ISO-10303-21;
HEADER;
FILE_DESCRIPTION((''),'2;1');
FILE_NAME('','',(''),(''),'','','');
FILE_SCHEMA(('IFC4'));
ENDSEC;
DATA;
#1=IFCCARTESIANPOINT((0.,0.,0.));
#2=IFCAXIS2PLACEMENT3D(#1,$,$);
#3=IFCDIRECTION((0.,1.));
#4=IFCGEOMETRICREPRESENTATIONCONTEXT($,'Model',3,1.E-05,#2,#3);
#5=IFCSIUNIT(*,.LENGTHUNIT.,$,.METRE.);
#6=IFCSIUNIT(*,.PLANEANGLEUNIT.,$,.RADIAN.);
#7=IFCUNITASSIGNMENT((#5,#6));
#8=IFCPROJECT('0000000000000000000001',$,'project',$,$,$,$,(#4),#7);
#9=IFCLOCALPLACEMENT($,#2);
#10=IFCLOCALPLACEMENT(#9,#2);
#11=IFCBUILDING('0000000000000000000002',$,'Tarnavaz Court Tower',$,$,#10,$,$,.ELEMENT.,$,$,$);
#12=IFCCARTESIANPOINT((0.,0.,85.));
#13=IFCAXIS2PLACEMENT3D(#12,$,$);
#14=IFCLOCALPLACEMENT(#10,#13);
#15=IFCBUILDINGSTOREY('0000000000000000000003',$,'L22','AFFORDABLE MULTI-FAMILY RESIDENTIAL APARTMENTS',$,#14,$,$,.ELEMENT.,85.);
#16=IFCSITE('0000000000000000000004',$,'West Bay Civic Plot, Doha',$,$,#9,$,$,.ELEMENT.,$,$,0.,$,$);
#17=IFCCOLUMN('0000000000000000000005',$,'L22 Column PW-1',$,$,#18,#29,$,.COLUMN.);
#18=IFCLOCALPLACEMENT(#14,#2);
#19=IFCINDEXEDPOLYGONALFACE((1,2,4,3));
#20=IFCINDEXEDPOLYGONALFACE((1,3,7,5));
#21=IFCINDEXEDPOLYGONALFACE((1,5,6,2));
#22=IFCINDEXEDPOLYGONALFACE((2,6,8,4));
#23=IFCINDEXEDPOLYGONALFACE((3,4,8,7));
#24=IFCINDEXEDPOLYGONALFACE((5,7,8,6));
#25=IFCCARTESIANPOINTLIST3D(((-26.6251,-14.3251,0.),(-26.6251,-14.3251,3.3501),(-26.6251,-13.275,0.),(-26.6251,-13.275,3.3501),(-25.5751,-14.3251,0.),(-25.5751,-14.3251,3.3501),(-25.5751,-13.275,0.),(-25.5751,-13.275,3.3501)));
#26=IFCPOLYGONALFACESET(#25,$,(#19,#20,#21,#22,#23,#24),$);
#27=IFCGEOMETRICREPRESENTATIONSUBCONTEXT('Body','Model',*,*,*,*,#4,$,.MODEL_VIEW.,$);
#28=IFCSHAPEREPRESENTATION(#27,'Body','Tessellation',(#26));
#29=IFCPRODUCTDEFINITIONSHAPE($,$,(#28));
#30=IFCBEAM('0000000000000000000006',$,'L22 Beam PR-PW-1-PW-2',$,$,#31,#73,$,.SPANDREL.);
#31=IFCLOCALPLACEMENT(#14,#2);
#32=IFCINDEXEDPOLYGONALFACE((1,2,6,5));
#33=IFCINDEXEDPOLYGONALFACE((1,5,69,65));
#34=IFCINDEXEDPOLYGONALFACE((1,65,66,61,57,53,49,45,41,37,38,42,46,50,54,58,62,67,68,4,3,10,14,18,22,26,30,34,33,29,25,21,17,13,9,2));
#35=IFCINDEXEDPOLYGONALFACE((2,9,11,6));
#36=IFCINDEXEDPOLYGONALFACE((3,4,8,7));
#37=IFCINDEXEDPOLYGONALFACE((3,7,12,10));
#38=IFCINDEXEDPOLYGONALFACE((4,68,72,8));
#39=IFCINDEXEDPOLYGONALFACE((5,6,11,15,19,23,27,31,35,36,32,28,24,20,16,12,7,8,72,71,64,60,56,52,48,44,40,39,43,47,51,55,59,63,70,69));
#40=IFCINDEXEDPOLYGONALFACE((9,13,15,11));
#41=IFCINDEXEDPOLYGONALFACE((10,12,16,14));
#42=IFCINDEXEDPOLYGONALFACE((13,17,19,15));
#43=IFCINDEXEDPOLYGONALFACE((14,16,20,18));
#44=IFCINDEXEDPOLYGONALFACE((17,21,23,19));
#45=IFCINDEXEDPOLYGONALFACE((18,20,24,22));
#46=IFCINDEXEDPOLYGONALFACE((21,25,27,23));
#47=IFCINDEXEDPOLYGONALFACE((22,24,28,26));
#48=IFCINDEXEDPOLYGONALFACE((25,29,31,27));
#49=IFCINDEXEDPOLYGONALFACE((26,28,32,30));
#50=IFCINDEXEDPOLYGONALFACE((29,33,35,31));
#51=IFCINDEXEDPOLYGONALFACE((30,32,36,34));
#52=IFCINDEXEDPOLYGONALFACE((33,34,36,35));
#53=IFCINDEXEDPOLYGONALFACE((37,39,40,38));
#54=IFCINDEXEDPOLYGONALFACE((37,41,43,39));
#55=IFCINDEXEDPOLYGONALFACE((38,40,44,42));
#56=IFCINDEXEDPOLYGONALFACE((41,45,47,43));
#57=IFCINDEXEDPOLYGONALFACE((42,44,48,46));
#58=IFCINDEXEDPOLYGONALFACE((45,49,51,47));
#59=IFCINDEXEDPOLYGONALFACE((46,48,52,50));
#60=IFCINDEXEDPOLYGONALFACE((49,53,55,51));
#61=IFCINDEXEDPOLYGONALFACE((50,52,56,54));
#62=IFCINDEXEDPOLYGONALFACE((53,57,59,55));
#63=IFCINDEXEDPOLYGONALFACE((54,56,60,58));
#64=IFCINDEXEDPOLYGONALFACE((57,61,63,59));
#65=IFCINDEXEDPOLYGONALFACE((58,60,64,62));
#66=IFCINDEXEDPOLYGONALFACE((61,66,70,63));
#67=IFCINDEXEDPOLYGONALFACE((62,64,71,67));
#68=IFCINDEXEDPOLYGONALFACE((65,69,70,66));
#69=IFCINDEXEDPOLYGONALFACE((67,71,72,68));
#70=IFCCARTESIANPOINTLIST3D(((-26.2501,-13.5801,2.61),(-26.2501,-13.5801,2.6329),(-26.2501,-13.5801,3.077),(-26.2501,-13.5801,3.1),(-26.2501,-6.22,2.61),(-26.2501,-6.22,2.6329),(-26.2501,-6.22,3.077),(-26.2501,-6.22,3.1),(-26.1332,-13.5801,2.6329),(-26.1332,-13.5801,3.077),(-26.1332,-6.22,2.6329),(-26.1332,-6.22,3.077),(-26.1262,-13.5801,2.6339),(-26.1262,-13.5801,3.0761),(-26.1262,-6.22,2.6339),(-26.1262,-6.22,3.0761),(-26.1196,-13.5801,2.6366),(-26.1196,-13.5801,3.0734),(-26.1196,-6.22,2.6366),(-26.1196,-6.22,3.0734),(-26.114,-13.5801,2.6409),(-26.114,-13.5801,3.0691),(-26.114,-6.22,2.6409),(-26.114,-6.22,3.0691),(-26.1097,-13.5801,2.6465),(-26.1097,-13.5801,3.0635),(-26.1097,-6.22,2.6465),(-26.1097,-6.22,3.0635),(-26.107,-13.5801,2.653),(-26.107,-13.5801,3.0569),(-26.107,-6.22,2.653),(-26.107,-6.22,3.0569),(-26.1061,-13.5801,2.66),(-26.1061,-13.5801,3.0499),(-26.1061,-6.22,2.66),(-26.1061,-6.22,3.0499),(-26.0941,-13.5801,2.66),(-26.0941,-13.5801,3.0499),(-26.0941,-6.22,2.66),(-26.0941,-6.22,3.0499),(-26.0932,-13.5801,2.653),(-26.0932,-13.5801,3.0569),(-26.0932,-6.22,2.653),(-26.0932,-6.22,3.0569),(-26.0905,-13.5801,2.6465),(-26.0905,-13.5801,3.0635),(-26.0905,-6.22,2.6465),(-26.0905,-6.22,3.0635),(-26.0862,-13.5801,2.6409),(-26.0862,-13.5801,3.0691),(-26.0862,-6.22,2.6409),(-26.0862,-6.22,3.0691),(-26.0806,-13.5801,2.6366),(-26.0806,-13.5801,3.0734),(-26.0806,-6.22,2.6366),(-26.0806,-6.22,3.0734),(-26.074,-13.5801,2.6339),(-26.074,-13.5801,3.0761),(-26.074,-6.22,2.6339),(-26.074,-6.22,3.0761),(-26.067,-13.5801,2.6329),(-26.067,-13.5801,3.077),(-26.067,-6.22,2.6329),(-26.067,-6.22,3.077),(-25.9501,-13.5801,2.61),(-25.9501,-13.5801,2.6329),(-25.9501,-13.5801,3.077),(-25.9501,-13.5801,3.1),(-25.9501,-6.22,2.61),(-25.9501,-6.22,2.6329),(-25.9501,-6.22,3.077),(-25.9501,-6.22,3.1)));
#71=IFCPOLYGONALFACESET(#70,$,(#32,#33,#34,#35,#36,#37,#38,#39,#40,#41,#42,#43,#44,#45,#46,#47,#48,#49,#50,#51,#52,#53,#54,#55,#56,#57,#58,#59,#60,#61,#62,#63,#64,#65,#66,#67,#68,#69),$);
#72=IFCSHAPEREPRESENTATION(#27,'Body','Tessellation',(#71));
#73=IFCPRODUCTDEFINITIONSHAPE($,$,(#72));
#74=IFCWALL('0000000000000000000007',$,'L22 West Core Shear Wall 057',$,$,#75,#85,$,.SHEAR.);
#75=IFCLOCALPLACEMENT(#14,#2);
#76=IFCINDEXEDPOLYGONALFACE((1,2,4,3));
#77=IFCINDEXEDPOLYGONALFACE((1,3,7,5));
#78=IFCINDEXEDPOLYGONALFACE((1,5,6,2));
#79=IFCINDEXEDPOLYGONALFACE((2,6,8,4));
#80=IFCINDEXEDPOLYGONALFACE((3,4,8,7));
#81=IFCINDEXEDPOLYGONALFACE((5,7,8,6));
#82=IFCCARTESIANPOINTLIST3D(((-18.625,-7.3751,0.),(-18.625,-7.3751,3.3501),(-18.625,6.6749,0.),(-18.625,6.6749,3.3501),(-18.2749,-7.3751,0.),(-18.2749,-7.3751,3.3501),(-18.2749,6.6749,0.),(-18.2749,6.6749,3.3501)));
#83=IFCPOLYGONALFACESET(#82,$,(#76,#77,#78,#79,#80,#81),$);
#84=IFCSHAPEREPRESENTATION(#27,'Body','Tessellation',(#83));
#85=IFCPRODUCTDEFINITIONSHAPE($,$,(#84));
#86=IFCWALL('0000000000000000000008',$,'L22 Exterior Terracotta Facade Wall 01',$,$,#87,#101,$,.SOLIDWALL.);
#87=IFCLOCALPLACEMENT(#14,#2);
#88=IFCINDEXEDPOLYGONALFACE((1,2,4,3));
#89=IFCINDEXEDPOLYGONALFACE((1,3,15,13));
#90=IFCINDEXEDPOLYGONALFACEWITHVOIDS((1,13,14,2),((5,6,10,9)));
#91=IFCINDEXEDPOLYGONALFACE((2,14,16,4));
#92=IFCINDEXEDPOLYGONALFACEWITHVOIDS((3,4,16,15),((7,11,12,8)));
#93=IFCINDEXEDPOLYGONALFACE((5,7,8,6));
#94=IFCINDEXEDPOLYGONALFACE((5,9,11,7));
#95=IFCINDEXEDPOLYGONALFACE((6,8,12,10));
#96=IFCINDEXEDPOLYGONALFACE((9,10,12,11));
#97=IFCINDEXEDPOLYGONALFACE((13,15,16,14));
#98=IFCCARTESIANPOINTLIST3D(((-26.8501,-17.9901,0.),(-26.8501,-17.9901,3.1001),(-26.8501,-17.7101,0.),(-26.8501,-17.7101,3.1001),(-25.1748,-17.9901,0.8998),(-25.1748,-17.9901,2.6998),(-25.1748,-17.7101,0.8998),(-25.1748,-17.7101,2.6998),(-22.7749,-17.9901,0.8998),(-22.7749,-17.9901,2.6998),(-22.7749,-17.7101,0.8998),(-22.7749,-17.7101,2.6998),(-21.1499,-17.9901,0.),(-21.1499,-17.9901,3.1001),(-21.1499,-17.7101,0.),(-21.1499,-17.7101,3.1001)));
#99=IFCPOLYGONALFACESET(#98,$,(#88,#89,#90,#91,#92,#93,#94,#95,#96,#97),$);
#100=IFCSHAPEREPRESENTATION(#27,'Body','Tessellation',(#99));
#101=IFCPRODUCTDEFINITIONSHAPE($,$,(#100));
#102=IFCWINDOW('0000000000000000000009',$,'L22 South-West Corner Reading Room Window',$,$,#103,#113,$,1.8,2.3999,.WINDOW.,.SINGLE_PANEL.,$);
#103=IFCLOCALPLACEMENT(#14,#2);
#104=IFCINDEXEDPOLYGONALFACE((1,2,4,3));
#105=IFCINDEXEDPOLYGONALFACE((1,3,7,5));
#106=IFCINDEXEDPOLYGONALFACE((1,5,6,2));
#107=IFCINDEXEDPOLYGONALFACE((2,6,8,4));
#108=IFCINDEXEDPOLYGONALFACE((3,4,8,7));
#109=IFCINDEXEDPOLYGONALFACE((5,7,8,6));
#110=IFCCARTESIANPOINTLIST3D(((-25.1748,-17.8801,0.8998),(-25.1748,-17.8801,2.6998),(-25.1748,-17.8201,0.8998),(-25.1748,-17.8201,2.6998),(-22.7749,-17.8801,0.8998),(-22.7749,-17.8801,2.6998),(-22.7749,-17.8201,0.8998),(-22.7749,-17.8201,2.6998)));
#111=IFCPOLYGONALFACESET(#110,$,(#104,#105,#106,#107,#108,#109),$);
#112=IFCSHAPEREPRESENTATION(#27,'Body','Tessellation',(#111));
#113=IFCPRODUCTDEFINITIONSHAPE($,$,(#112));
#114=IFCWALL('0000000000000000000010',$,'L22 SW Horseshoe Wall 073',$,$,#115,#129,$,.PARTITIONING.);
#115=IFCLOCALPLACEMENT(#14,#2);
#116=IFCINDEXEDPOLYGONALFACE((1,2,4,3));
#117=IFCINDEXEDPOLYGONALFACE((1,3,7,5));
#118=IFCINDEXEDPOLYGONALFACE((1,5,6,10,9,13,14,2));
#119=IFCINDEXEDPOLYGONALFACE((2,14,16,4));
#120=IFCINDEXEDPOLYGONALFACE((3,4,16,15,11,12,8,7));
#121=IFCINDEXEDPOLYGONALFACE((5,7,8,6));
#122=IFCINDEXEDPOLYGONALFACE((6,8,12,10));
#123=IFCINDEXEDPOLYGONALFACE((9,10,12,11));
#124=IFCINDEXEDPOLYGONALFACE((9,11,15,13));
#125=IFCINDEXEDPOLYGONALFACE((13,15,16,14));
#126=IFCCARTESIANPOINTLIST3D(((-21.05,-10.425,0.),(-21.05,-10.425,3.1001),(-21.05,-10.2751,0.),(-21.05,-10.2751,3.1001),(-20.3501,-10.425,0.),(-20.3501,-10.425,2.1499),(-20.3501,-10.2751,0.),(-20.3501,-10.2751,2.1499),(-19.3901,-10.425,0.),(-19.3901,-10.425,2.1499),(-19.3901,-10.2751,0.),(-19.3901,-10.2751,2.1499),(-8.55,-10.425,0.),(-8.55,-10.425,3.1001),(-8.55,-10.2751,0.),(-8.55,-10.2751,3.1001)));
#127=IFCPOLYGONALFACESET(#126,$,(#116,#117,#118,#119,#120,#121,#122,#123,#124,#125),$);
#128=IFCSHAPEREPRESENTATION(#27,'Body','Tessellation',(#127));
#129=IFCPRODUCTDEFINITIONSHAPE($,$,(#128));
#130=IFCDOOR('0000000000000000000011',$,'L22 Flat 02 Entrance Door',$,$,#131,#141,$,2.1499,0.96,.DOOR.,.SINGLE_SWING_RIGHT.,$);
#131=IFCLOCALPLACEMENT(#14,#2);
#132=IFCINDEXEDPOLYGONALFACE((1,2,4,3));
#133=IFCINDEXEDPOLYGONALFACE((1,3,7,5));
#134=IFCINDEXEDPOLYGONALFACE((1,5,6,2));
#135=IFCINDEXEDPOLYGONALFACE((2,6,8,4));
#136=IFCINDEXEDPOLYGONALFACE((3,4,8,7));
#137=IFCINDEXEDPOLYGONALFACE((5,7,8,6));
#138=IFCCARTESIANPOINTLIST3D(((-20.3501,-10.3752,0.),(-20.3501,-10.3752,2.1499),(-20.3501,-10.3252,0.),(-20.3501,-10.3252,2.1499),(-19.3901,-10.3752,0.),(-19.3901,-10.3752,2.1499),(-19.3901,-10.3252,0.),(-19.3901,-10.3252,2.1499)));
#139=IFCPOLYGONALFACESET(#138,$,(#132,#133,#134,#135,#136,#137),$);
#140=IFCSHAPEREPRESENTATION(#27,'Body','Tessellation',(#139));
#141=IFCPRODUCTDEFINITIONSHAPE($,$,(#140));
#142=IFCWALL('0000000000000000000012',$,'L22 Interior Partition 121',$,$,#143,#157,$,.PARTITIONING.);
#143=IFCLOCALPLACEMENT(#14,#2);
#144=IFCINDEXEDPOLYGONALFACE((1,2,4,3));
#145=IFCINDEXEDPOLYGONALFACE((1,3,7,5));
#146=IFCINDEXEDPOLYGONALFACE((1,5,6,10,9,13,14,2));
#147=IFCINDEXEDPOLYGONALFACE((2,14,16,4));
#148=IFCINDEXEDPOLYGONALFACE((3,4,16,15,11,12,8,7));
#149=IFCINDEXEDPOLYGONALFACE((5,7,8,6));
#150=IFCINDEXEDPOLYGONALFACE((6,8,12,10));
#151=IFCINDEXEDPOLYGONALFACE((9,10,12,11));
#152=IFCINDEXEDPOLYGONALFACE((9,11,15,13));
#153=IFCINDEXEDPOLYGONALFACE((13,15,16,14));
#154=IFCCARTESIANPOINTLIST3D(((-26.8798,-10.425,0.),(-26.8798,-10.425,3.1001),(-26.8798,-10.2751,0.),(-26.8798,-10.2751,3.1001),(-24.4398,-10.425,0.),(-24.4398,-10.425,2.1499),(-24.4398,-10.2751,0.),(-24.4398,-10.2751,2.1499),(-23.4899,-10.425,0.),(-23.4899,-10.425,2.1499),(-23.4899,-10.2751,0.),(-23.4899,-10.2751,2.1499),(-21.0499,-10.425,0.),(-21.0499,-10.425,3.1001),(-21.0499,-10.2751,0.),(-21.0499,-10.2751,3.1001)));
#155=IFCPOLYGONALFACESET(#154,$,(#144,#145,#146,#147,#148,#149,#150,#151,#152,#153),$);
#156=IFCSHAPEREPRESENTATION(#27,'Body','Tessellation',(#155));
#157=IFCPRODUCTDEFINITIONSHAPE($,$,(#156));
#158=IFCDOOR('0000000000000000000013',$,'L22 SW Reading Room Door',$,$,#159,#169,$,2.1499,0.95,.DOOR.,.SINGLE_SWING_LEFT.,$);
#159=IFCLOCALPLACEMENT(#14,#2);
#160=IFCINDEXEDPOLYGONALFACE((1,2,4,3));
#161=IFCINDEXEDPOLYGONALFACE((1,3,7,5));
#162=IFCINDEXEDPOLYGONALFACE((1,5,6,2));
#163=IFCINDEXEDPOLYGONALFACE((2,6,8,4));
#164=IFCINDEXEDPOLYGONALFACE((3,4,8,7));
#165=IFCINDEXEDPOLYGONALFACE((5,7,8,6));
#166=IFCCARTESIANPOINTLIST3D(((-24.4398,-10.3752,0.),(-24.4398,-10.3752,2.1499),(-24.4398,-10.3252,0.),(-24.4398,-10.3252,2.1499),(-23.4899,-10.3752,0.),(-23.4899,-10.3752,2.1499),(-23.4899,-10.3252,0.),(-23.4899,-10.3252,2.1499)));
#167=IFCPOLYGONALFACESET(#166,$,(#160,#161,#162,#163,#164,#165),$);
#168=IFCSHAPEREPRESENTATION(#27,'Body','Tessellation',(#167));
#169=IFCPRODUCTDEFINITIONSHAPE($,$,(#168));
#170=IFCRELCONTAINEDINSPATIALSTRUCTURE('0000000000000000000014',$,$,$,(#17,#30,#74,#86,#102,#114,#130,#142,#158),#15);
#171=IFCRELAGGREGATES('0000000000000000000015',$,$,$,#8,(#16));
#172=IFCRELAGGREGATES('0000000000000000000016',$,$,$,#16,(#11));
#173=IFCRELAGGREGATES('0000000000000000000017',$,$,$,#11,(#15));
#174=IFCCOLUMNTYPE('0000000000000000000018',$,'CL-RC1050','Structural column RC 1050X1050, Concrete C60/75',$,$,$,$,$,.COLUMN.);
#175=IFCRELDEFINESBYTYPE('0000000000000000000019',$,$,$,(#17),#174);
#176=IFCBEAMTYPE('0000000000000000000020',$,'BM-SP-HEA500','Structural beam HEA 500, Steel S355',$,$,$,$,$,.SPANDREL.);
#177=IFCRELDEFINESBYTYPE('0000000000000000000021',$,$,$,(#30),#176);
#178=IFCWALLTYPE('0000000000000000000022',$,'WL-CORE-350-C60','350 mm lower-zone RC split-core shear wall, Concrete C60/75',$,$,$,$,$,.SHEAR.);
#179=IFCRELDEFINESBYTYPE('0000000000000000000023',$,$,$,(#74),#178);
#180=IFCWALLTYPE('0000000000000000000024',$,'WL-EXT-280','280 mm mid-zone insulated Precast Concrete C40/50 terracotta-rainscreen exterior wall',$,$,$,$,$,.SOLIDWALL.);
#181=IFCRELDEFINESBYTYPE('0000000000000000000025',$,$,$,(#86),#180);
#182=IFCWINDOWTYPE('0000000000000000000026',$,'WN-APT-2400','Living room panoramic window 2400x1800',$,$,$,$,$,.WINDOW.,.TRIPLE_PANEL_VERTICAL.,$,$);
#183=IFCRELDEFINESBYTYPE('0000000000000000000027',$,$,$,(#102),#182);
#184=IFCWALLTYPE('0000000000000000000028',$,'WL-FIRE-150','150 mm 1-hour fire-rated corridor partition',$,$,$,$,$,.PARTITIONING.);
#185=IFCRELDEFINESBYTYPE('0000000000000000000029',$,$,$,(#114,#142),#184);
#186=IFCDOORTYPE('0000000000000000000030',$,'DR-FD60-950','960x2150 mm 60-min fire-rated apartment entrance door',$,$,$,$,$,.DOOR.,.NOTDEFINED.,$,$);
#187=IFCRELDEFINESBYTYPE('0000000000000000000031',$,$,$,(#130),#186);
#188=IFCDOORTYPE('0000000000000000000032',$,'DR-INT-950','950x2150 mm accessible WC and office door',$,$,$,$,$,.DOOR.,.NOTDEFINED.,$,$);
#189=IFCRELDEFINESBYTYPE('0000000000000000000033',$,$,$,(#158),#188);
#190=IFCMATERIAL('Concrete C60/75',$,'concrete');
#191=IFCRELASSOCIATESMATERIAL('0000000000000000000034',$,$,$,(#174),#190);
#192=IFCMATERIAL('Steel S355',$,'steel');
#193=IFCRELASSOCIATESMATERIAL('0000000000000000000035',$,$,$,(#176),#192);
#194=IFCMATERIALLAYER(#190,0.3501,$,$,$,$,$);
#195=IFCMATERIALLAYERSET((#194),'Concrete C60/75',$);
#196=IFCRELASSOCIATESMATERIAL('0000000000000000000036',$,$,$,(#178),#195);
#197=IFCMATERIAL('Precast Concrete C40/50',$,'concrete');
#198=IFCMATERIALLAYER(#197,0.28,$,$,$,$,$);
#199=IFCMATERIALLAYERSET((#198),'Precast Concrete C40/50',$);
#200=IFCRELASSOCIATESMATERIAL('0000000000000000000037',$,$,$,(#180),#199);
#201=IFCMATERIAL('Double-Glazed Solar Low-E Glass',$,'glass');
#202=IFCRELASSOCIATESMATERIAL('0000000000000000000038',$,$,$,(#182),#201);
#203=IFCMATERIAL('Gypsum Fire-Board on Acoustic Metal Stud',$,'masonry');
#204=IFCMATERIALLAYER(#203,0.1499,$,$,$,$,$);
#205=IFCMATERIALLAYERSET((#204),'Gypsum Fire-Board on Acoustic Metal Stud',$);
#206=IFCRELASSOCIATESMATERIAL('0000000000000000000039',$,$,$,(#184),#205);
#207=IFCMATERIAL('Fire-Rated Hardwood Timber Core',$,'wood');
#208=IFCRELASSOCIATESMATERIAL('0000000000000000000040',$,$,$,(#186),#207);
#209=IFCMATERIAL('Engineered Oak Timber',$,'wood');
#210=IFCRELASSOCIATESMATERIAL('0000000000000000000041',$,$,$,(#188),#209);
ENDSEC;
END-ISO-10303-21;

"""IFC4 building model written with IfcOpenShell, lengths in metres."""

from ifc_helpers import new_model, si_unit, direction, frame, frame_2d, origin, origin_2d, place, context, subcontext, project, spatial, rectangle, i_section, extrude, material, layer, layer_set, material_profile, profile_set, type_object, element, fill, save


model = new_model("IFC4")

# Units and contexts
model_context = context("Model", 3, precision=1e-05, world=origin(), true_north=direction((0.0, 1.0)))
body_context = subcontext(model_context, "Body", "Model", "MODEL_VIEW")
ifc_project = project(units=[si_unit("LENGTHUNIT", "METRE"), si_unit("PLANEANGLEUNIT", "RADIAN")], contexts=[model_context])

# Site, building, storey
site_placement = place(None, origin())
site = spatial("IfcSite", under=ifc_project, at=site_placement, Name="West Bay Civic Plot, Doha", CompositionType="ELEMENT", RefElevation=0.0)
building_placement = place(site_placement, origin())
building = spatial("IfcBuilding", under=site, at=building_placement, Name="Tarnavaz Court Tower", CompositionType="ELEMENT")
storey_placement = place(building_placement, frame((0.0, 0.0, 85.0)))
storey = spatial("IfcBuildingStorey", under=building, at=storey_placement, Name="L22", Description="AFFORDABLE MULTI-FAMILY RESIDENTIAL APARTMENTS", CompositionType="ELEMENT", Elevation=85.0)

# Column
ifc_material_1 = material(Name="Concrete C60/75", Category="concrete")
ifc_material_profile_1 = material_profile(ifc_material_1, rectangle(XDim=1.05, YDim=1.05, at=origin_2d()), Name="RC 1050X1050")
ifc_profile_set_1 = profile_set([ifc_material_profile_1], Name="Concrete C60/75")
column_type = type_object("IfcColumnType", Name="CL-RC1050", Description="Structural column RC 1050X1050, Concrete C60/75", PredefinedType="COLUMN", material=ifc_profile_set_1)
column_placement = place(storey_placement, frame((-26.1001, -13.8, 0.0), z_axis=(0.0, 0.0, 1.0), x_axis=(1.0, 0.0, 0.0)))
element("IfcColumn", 1, at=column_placement, inside=storey, type_object=column_type, Name="L22 Column PW-1", PredefinedType="COLUMN", context=body_context, shape_type="SweptSolid", body=[
    extrude(rectangle(XDim=1.05, YDim=1.05, at=origin_2d()), origin(), (0.0, 0.0, 1.0), 3.3501),
])

# Beam
ifc_material_2 = material(Name="Steel S355", Category="steel")
ifc_material_profile_2 = material_profile(ifc_material_2, i_section(OverallWidth=0.3, OverallDepth=0.49, WebThickness=0.012, FlangeThickness=0.0229, FilletRadius=0.0271, at=origin_2d()), Name="HEA 500")
ifc_profile_set_2 = profile_set([ifc_material_profile_2], Name="Steel S355")
beam_type = type_object("IfcBeamType", Name="BM-SP-HEA500", Description="Structural beam HEA 500, Steel S355", PredefinedType="SPANDREL", material=ifc_profile_set_2)
beam_placement = place(storey_placement, frame((-26.1001, -13.5801, 2.855), z_axis=(0.0, 1.0, 0.0), x_axis=(-1.0, 0.0, 0.0)))
element("IfcBeam", 2, at=beam_placement, inside=storey, type_object=beam_type, Name="L22 Beam PR-PW-1-PW-2", PredefinedType="SPANDREL", context=body_context, shape_type="SweptSolid", body=[
    extrude(i_section(OverallWidth=0.3, OverallDepth=0.49, WebThickness=0.012, FlangeThickness=0.0229, FilletRadius=0.0271, at=origin_2d()), origin(), (0.0, 0.0, 1.0), 7.3601),
])

# Wall
ifc_layer_1 = layer(ifc_material_1, 0.3501)
ifc_layer_set_1 = layer_set([ifc_layer_1], Name="Concrete C60/75")
wall_type_1 = type_object("IfcWallType", Name="WL-CORE-350-C60", Description="350 mm lower-zone RC split-core shear wall, Concrete C60/75", PredefinedType="SHEAR", material=ifc_layer_set_1)
wall_1_placement = place(storey_placement, frame((-18.45, -7.375, 0.0), z_axis=(0.0, 0.0, 1.0), x_axis=(0.0, 1.0, 0.0)))
element("IfcWall", 3, at=wall_1_placement, inside=storey, type_object=wall_type_1, Name="L22 West Core Shear Wall 057", PredefinedType="SHEAR", context=body_context, shape_type="SweptSolid", body=[
    extrude(rectangle(XDim=14.05, YDim=0.3501, at=frame_2d((7.0249, 0.0))), origin(), (0.0, 0.0, 1.0), 3.3501),
])

# Wall, opening, window
ifc_material_3 = material(Name="Precast Concrete C40/50", Category="concrete")
ifc_layer_2 = layer(ifc_material_3, 0.28)
ifc_layer_set_2 = layer_set([ifc_layer_2], Name="Precast Concrete C40/50")
wall_type_2 = type_object("IfcWallType", Name="WL-EXT-280", Description="280 mm mid-zone insulated Precast Concrete C40/50 terracotta-rainscreen exterior wall", PredefinedType="SOLIDWALL", material=ifc_layer_set_2)
wall_2_placement = place(storey_placement, frame((-21.1499, -17.8501, 0.0), z_axis=(0.0, 0.0, 1.0), x_axis=(-1.0, 0.0, 0.0)))
wall_2 = element("IfcWall", 4, at=wall_2_placement, inside=storey, type_object=wall_type_2, Name="L22 Exterior Terracotta Facade Wall 01", PredefinedType="SOLIDWALL", context=body_context, shape_type="SweptSolid", body=[
    extrude(rectangle(XDim=5.7002, YDim=0.28, at=frame_2d((2.8501, 0.0))), origin(), (0.0, 0.0, 1.0), 3.1001),
])
opening_1_placement = place(wall_2_placement, frame((1.625, 0.0, 0.8999)))
opening_1 = element("IfcOpeningElement", 5, at=opening_1_placement, cuts=wall_2, PredefinedType="OPENING", context=body_context, shape_type="SweptSolid", body=[
    extrude(rectangle(XDim=2.3999, YDim=1.8, at=frame_2d((1.2, 0.8999))), frame((0.0, 0.1499, 0.0), z_axis=(0.0, -1.0, 0.0), x_axis=(1.0, 0.0, 0.0)), (0.0, 0.0, 1.0), 0.3),
])
ifc_material_4 = material(Name="Double-Glazed Solar Low-E Glass", Category="glass")
window_type = type_object("IfcWindowType", Name="WN-APT-2400", Description="Living room panoramic window 2400x1800", PartitioningType="TRIPLE_PANEL_VERTICAL", PredefinedType="WINDOW", material=ifc_material_4)
window_placement = place(opening_1_placement, origin())
window = element("IfcWindow", 6, at=window_placement, inside=storey, type_object=window_type, Name="L22 South-West Corner Reading Room Window", OverallHeight=1.8, OverallWidth=2.3999, PartitioningType="SINGLE_PANEL", PredefinedType="WINDOW", context=body_context, shape_type="SweptSolid", body=[
    extrude(rectangle(XDim=2.3999, YDim=1.8, at=frame_2d((1.2, 0.8999))), frame((0.0, 0.03, 0.0), z_axis=(0.0, -1.0, 0.0), x_axis=(1.0, 0.0, 0.0)), (0.0, 0.0, 1.0), 0.0601),
])
fill(opening_1, window)

# Walls, openings, doors
ifc_material_5 = material(Name="Gypsum Fire-Board on Acoustic Metal Stud", Category="masonry")
ifc_layer_3 = layer(ifc_material_5, 0.1499)
ifc_layer_set_3 = layer_set([ifc_layer_3], Name="Gypsum Fire-Board on Acoustic Metal Stud")
wall_type_3 = type_object("IfcWallType", Name="WL-FIRE-150", Description="150 mm 1-hour fire-rated corridor partition", PredefinedType="PARTITIONING", material=ifc_layer_set_3)
wall_3_placement = place(storey_placement, frame((-21.05, -10.3501, 0.0), z_axis=(0.0, 0.0, 1.0), x_axis=(1.0, 0.0, 0.0)))
wall_3 = element("IfcWall", 7, at=wall_3_placement, inside=storey, type_object=wall_type_3, Name="L22 SW Horseshoe Wall 073", PredefinedType="PARTITIONING", context=body_context, shape_type="SweptSolid", body=[
    extrude(rectangle(XDim=12.5, YDim=0.1499, at=frame_2d((6.25, 0.0))), origin(), (0.0, 0.0, 1.0), 3.1001),
])
opening_2_placement = place(wall_3_placement, frame((0.7, 0.0, 0.0)))
opening_2 = element("IfcOpeningElement", 8, at=opening_2_placement, cuts=wall_3, PredefinedType="OPENING", context=body_context, shape_type="SweptSolid", body=[
    extrude(rectangle(XDim=0.96, YDim=2.1499, at=frame_2d((0.48, 1.075))), frame((0.0, 0.085, 0.0), z_axis=(0.0, -1.0, 0.0), x_axis=(1.0, 0.0, 0.0)), (0.0, 0.0, 1.0), 0.1699),
])
ifc_material_6 = material(Name="Fire-Rated Hardwood Timber Core", Category="wood")
door_type_1 = type_object("IfcDoorType", Name="DR-FD60-950", Description="960x2150 mm 60-min fire-rated apartment entrance door", OperationType="NOTDEFINED", PredefinedType="DOOR", material=ifc_material_6)
door_1_placement = place(opening_2_placement, origin())
door_1 = element("IfcDoor", 9, at=door_1_placement, inside=storey, type_object=door_type_1, Name="L22 Flat 02 Entrance Door", OperationType="SINGLE_SWING_RIGHT", OverallHeight=2.1499, OverallWidth=0.96, PredefinedType="DOOR", context=body_context, shape_type="SweptSolid", body=[
    extrude(rectangle(XDim=0.96, YDim=2.1499, at=frame_2d((0.48, 1.075))), frame((0.0, 0.0249, 0.0), z_axis=(0.0, -1.0, 0.0), x_axis=(1.0, 0.0, 0.0)), (0.0, 0.0, 1.0), 0.05),
])
fill(opening_2, door_1)
wall_4_placement = place(storey_placement, frame((-26.8799, -10.3501, 0.0), z_axis=(0.0, 0.0, 1.0), x_axis=(1.0, 0.0, 0.0)))
wall_4 = element("IfcWall", 10, at=wall_4_placement, inside=storey, type_object=wall_type_3, Name="L22 Interior Partition 121", PredefinedType="PARTITIONING", context=body_context, shape_type="SweptSolid", body=[
    extrude(rectangle(XDim=5.8298, YDim=0.1499, at=frame_2d((2.915, 0.0))), origin(), (0.0, 0.0, 1.0), 3.1001),
])
opening_3_placement = place(wall_4_placement, frame((2.4399, 0.0, 0.0)))
opening_3 = element("IfcOpeningElement", 11, at=opening_3_placement, cuts=wall_4, PredefinedType="OPENING", context=body_context, shape_type="SweptSolid", body=[
    extrude(rectangle(XDim=0.95, YDim=2.1499, at=frame_2d((0.4751, 1.075))), frame((0.0, 0.085, 0.0), z_axis=(0.0, -1.0, 0.0), x_axis=(1.0, 0.0, 0.0)), (0.0, 0.0, 1.0), 0.1699),
])
ifc_material_7 = material(Name="Engineered Oak Timber", Category="wood")
door_type_2 = type_object("IfcDoorType", Name="DR-INT-950", Description="950x2150 mm accessible WC and office door", OperationType="NOTDEFINED", PredefinedType="DOOR", material=ifc_material_7)
door_2_placement = place(opening_3_placement, origin())
door_2 = element("IfcDoor", 12, at=door_2_placement, inside=storey, type_object=door_type_2, Name="L22 SW Reading Room Door", OperationType="SINGLE_SWING_LEFT", OverallHeight=2.1499, OverallWidth=0.95, PredefinedType="DOOR", context=body_context, shape_type="SweptSolid", body=[
    extrude(rectangle(XDim=0.95, YDim=2.1499, at=frame_2d((0.4751, 1.075))), frame((0.0, 0.0249, 0.0), z_axis=(0.0, -1.0, 0.0), x_axis=(1.0, 0.0, 0.0)), (0.0, 0.0, 1.0), 0.05),
])
fill(opening_3, door_2)

save(model, "model.ifc")
